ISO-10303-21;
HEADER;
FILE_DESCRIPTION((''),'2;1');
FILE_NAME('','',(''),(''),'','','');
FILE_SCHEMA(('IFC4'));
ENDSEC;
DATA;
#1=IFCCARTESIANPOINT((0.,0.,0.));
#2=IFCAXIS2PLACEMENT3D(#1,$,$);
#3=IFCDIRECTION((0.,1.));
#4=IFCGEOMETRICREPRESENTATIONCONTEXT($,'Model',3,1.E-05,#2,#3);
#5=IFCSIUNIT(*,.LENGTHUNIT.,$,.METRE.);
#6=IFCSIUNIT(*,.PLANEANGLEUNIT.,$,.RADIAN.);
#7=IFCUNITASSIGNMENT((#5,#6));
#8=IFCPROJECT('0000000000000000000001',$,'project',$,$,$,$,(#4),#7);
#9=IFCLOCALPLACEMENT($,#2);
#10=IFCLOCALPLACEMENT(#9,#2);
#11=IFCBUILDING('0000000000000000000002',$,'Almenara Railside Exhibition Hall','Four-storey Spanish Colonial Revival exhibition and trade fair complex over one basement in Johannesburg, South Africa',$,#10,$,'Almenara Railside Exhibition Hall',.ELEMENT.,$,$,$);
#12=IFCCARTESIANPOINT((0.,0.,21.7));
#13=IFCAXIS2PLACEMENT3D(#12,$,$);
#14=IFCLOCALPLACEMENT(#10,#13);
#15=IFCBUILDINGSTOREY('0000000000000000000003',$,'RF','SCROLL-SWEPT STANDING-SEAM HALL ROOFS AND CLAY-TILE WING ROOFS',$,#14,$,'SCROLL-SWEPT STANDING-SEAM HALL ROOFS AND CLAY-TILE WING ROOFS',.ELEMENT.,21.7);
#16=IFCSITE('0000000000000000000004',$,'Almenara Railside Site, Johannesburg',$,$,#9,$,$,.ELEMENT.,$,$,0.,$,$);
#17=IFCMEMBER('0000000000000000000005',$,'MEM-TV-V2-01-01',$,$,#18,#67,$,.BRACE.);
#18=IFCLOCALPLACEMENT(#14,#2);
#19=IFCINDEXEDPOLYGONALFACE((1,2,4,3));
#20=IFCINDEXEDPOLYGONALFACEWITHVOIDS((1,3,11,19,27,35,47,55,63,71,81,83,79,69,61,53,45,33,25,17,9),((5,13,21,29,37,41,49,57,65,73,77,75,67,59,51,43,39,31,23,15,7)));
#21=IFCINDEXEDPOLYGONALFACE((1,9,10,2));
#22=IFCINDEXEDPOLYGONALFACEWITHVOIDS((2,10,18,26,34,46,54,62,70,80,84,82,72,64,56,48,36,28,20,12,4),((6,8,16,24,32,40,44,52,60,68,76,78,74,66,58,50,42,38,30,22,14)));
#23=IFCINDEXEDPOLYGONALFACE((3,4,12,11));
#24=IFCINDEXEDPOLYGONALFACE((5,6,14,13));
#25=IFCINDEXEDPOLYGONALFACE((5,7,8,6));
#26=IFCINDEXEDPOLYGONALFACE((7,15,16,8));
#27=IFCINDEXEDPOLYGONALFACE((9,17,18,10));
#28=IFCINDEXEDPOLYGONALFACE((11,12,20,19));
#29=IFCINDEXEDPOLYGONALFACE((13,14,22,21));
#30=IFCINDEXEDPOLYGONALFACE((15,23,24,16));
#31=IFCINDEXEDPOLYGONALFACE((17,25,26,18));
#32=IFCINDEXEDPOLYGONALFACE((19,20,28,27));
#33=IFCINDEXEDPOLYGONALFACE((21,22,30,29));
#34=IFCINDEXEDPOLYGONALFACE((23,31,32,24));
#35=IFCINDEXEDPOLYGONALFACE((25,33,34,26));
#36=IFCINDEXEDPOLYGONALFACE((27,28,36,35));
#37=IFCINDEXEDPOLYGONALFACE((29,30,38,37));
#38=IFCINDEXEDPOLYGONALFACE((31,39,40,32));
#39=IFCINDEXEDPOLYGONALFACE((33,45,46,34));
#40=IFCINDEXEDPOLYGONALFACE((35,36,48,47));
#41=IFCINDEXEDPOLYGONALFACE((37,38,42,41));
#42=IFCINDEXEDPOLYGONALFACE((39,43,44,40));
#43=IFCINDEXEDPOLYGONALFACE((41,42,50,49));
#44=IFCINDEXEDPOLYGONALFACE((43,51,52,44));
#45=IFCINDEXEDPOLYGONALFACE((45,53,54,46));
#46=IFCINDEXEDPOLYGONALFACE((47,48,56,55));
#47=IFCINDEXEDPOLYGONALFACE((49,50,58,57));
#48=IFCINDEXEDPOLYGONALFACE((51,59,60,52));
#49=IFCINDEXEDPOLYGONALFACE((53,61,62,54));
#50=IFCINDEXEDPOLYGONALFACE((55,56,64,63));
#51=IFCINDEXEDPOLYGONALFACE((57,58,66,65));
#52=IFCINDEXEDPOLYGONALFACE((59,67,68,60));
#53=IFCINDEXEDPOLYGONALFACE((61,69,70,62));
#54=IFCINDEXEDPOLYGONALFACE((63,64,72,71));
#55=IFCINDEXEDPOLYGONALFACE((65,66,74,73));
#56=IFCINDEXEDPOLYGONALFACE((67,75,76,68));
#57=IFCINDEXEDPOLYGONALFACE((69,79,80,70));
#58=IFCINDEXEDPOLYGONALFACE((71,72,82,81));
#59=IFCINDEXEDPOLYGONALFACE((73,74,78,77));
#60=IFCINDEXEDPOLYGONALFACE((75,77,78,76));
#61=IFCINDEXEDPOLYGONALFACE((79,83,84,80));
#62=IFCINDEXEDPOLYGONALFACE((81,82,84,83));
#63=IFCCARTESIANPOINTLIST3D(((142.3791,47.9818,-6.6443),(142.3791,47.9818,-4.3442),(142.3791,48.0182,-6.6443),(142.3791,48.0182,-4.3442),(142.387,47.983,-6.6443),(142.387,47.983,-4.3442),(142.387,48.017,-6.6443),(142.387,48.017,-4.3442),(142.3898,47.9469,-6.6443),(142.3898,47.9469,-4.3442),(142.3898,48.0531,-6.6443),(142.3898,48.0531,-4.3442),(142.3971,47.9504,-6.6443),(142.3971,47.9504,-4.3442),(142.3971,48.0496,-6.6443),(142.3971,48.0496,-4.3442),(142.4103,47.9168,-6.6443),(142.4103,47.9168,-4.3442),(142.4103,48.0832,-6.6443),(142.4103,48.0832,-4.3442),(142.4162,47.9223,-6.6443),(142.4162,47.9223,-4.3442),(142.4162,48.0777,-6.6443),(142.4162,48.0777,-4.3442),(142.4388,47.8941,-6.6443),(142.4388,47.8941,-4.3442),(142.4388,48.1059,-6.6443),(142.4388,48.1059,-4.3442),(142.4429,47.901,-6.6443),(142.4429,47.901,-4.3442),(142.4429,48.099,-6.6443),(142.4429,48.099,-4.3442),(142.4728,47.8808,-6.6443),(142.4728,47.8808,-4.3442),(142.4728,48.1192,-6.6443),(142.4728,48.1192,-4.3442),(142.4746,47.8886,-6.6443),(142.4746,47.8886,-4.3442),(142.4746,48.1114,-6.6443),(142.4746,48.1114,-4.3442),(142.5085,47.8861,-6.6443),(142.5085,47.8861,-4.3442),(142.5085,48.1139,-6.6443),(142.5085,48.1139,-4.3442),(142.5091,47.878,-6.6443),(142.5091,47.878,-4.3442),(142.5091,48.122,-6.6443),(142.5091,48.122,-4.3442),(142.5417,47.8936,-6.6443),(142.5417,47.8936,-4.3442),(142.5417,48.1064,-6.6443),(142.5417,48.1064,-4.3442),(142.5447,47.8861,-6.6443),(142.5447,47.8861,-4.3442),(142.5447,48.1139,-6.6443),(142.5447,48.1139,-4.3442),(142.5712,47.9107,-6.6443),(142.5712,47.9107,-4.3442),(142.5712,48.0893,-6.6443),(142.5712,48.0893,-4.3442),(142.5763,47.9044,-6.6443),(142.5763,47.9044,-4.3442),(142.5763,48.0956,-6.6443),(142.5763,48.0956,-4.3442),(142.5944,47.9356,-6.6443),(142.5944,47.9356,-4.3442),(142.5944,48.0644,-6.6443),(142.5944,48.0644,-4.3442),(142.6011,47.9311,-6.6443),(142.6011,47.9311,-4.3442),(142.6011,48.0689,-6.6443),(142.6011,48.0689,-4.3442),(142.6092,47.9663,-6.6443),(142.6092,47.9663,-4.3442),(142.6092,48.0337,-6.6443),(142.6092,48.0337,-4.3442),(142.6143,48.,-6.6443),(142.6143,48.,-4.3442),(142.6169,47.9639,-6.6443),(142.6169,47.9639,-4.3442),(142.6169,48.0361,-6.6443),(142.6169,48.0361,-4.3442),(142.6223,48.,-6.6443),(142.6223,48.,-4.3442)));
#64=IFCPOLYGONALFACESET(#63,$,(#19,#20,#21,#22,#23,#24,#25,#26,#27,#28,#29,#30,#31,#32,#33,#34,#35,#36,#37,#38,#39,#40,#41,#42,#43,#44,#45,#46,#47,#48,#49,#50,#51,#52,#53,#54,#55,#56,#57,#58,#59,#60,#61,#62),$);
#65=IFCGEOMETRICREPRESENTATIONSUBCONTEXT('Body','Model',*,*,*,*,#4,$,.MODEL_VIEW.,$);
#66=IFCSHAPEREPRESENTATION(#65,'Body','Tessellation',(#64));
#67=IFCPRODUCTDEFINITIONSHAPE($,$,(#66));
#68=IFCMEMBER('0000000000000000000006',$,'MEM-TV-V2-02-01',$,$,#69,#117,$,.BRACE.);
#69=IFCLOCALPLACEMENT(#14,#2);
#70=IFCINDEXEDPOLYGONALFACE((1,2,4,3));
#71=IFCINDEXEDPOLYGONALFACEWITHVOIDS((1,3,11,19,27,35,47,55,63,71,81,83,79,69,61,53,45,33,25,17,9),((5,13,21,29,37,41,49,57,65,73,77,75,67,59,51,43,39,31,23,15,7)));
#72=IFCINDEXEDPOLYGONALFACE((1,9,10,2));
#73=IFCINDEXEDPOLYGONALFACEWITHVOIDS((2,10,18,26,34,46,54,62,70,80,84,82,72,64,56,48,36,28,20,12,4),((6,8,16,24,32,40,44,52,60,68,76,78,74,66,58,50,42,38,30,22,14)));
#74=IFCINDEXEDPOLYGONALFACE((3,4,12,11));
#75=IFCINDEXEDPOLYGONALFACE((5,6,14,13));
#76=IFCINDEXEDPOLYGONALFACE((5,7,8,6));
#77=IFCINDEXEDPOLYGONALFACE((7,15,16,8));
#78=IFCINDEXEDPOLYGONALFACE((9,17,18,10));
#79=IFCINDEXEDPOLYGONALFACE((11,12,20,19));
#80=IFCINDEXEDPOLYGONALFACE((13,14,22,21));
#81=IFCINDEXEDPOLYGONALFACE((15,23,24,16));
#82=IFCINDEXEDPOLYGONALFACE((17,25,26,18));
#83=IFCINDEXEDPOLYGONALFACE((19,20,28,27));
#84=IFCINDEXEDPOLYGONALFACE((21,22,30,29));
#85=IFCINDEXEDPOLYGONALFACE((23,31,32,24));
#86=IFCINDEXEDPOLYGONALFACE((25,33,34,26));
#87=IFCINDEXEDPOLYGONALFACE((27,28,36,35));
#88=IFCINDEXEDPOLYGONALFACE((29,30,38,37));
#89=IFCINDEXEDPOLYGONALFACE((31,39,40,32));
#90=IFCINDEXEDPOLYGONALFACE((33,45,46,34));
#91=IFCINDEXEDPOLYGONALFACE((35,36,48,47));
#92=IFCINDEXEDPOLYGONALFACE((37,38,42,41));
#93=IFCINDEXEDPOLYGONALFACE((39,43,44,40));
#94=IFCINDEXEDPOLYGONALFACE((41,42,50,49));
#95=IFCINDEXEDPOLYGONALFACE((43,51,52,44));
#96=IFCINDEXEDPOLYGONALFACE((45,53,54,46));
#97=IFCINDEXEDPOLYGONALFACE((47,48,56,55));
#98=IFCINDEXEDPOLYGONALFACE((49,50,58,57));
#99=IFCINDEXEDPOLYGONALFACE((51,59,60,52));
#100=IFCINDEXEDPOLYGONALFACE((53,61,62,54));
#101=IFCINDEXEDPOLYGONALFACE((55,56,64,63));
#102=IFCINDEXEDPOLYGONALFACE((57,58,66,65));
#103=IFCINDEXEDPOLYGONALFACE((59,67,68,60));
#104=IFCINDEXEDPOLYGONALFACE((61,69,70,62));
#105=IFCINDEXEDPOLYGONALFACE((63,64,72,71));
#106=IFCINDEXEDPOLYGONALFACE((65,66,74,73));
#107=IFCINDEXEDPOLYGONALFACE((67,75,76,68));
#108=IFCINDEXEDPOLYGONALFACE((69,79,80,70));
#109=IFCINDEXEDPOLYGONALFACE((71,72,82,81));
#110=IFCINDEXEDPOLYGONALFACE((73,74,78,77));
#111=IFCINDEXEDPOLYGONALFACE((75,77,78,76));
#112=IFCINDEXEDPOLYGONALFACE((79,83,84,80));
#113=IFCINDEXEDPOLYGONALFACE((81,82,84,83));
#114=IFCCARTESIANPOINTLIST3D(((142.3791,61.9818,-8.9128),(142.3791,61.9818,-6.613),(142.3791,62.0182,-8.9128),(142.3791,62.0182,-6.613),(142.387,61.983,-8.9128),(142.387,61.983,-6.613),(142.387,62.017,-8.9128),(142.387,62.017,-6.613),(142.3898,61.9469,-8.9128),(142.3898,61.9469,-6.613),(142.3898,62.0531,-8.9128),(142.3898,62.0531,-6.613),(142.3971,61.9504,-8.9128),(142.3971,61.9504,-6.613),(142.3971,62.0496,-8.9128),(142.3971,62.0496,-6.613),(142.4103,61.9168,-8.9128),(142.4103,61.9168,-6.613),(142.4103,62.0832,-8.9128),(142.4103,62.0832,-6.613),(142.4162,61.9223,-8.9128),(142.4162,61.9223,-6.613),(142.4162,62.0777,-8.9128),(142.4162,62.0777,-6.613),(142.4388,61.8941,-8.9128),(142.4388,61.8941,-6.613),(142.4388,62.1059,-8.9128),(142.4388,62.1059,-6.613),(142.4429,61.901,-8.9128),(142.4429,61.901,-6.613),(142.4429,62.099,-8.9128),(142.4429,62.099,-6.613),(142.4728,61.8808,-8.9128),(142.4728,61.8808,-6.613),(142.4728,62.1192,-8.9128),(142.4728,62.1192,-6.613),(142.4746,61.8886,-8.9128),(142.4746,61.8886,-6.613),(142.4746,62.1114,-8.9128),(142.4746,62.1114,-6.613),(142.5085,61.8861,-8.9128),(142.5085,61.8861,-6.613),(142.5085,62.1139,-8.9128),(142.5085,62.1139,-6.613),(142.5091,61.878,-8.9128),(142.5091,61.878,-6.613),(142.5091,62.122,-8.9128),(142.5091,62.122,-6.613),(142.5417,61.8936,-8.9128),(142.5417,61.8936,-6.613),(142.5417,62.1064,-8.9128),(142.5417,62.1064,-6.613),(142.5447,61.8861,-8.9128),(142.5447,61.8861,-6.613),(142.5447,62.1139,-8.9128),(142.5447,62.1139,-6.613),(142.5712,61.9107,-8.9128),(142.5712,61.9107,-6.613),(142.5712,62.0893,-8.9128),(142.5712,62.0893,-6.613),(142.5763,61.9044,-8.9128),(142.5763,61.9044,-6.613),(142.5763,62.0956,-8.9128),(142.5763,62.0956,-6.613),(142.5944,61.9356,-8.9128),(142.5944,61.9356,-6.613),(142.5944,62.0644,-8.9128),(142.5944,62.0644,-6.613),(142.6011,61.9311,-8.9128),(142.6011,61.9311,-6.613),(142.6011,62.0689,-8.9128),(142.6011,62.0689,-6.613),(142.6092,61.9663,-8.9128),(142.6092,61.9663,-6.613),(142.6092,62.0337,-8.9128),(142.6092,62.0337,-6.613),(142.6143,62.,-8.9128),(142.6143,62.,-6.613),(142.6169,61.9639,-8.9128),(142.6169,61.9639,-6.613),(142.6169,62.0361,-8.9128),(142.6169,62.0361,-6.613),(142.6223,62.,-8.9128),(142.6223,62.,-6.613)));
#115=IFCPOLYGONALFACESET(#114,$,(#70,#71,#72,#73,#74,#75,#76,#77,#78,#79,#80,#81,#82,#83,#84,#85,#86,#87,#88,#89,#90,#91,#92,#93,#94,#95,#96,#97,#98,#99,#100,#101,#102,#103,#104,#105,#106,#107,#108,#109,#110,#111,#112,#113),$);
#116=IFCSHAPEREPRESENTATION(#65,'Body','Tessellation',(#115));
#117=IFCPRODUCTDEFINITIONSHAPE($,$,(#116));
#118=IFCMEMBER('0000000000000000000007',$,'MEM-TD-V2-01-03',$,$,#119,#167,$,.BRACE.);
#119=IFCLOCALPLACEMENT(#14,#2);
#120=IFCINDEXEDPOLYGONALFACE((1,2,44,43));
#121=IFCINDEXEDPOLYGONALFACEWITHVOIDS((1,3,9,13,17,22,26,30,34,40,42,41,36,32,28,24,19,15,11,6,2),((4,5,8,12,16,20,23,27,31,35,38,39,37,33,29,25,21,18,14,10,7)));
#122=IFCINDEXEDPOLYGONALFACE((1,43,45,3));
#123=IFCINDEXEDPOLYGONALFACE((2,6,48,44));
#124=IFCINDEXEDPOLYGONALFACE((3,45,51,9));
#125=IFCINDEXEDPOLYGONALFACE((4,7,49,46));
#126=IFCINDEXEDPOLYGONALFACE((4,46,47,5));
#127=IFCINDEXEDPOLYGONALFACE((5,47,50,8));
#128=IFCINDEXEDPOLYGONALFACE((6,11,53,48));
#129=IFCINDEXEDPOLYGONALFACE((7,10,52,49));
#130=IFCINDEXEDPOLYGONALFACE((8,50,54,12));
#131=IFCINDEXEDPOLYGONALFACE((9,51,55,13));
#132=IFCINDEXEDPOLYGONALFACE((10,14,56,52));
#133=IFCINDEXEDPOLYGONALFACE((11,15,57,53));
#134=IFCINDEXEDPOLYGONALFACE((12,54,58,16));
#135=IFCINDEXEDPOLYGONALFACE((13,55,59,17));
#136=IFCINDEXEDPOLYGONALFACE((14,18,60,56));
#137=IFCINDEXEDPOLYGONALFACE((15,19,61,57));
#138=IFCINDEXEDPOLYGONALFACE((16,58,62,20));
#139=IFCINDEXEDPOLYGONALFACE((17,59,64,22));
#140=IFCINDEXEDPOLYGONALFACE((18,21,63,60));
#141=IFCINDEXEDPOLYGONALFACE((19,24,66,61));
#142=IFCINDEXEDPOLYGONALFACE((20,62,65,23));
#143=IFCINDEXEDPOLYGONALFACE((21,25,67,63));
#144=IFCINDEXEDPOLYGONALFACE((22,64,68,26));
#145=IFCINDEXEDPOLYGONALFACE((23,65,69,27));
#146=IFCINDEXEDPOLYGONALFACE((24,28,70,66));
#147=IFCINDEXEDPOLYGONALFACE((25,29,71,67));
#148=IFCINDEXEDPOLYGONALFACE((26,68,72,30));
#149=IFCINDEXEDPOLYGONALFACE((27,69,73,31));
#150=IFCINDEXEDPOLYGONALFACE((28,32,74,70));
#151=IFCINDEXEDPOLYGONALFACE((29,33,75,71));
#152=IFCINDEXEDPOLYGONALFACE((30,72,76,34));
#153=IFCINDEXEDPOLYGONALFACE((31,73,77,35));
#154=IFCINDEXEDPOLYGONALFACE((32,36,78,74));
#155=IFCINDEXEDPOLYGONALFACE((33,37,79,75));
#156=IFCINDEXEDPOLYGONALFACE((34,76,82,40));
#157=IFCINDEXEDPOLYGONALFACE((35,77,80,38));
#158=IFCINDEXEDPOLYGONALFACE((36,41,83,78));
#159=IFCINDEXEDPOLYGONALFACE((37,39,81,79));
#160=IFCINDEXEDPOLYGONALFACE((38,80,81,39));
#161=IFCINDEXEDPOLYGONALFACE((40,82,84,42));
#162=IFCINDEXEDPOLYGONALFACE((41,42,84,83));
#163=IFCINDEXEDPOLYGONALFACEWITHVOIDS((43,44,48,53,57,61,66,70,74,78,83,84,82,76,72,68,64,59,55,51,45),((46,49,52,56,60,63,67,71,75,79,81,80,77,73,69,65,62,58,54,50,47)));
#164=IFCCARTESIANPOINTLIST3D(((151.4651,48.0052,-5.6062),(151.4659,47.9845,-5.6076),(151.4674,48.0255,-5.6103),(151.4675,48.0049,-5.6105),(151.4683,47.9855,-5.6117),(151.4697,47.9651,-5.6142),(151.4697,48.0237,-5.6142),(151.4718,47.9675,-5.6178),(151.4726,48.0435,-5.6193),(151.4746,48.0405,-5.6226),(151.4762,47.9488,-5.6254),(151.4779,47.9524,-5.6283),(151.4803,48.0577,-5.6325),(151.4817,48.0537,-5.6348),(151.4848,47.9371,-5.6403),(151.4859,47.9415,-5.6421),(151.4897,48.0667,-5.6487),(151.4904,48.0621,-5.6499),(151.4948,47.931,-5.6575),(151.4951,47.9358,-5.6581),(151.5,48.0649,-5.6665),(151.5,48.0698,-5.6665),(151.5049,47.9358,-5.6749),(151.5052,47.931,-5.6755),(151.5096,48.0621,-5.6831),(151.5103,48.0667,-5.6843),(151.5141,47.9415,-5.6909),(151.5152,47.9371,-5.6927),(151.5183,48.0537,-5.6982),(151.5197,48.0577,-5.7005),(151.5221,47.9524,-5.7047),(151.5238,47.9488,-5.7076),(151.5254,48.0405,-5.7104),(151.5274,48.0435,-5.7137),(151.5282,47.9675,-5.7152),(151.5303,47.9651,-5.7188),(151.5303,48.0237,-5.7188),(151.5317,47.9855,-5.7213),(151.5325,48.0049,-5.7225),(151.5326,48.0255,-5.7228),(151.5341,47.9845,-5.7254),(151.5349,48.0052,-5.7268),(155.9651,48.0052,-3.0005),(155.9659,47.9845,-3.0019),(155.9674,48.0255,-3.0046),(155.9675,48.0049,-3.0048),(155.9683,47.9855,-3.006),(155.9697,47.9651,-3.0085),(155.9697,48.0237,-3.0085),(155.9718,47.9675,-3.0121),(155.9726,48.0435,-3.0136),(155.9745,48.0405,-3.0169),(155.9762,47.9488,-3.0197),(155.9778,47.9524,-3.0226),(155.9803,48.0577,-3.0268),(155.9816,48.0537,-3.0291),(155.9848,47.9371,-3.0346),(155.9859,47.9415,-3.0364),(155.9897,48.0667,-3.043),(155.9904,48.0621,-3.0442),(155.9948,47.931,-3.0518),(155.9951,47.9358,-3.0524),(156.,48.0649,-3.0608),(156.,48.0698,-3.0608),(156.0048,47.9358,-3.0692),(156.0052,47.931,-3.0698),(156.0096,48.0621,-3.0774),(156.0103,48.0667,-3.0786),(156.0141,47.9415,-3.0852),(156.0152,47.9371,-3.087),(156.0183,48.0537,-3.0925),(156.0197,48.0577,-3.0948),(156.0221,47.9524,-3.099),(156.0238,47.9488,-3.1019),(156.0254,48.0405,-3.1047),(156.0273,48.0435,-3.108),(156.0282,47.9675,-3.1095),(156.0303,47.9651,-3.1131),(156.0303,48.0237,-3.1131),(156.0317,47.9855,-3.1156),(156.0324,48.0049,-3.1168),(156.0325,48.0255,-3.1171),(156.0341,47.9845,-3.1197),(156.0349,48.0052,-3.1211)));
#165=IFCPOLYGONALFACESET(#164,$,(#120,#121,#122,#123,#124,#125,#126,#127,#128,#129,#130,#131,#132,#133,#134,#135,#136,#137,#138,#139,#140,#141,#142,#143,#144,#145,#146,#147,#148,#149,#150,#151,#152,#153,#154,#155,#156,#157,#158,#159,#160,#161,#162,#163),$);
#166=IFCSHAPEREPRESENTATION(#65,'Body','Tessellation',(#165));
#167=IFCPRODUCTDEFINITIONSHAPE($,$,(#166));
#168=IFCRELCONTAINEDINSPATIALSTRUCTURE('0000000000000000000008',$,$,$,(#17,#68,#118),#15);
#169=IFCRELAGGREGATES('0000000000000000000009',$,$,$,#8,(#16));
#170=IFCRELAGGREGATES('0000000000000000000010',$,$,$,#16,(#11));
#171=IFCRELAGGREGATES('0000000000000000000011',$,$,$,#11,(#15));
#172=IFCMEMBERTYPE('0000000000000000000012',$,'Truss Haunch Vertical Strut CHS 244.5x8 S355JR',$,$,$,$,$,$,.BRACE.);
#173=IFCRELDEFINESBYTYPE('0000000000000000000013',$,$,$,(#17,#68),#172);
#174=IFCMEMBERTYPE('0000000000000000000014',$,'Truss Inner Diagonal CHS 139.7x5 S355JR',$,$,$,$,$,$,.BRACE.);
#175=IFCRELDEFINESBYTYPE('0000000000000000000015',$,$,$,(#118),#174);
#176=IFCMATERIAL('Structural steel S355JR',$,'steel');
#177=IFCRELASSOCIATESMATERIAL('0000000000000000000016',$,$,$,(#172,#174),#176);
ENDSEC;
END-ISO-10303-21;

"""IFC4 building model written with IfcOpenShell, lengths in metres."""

from ifc_helpers import new_model, si_unit, direction, frame, origin, origin_2d, place, context, subcontext, project, spatial, hollow_circle, extrude, material, material_profile, profile_set, type_object, element, save


model = new_model("IFC4")

# Units and contexts
model_context = context("Model", 3, precision=1e-05, world=origin(), true_north=direction((0.0, 1.0)))
body_context = subcontext(model_context, "Body", "Model", "MODEL_VIEW")
ifc_project = project(units=[si_unit("LENGTHUNIT", "METRE"), si_unit("PLANEANGLEUNIT", "RADIAN")], contexts=[model_context])

# Site, building, storey
site_placement = place(None, origin())
site = spatial("IfcSite", under=ifc_project, at=site_placement, Name="Almenara Railside Site, Johannesburg", CompositionType="ELEMENT", RefElevation=0.0)
building_placement = place(site_placement, origin())
building = spatial("IfcBuilding", under=site, at=building_placement, Name="Almenara Railside Exhibition Hall", Description="Four-storey Spanish Colonial Revival exhibition and trade fair complex over one basement in Johannesburg, South Africa", LongName="Almenara Railside Exhibition Hall", CompositionType="ELEMENT")
storey_placement = place(building_placement, frame((0.0, 0.0, 21.7)))
storey = spatial("IfcBuildingStorey", under=building, at=storey_placement, Name="RF", Description="SCROLL-SWEPT STANDING-SEAM HALL ROOFS AND CLAY-TILE WING ROOFS", LongName="SCROLL-SWEPT STANDING-SEAM HALL ROOFS AND CLAY-TILE WING ROOFS", CompositionType="ELEMENT", Elevation=21.7)

# Members
ifc_material = material(Name="Structural steel S355JR", Category="steel")
ifc_material_profile_1 = material_profile(ifc_material, hollow_circle(Radius=0.1223, WallThickness=0.0081, at=origin_2d()), Name="CHS 244.5x8")
ifc_profile_set_1 = profile_set([ifc_material_profile_1], Name="Structural steel S355JR")
member_type_1 = type_object("IfcMemberType", Name="Truss Haunch Vertical Strut CHS 244.5x8 S355JR", PredefinedType="BRACE", material=ifc_profile_set_1)
member_1_placement = place(storey_placement, frame((142.5, 48.0, -6.6443), z_axis=(0.0, 0.0, 1.0), x_axis=(1.0, 0.0, 0.0)))
element("IfcMember", 1, at=member_1_placement, inside=storey, type_object=member_type_1, Name="MEM-TV-V2-01-01", PredefinedType="BRACE", context=body_context, shape_type="SweptSolid", body=[
    extrude(hollow_circle(Radius=0.1223, WallThickness=0.0081, at=origin_2d()), origin(), (0.0, 0.0, 1.0), 2.3),
])
member_2_placement = place(storey_placement, frame((142.5, 62.0, -8.9128), z_axis=(0.0, 0.0, 1.0), x_axis=(1.0, 0.0, 0.0)))
element("IfcMember", 2, at=member_2_placement, inside=storey, type_object=member_type_1, Name="MEM-TV-V2-02-01", PredefinedType="BRACE", context=body_context, shape_type="SweptSolid", body=[
    extrude(hollow_circle(Radius=0.1223, WallThickness=0.0081, at=origin_2d()), origin(), (0.0, 0.0, 1.0), 2.2998),
])
ifc_material_profile_2 = material_profile(ifc_material, hollow_circle(Radius=0.0698, WallThickness=0.0049, at=origin_2d()), Name="CHS 139.7x5")
ifc_profile_set_2 = profile_set([ifc_material_profile_2], Name="Structural steel S355JR")
member_type_2 = type_object("IfcMemberType", Name="Truss Inner Diagonal CHS 139.7x5 S355JR", PredefinedType="BRACE", material=ifc_profile_set_2)
member_3_placement = place(storey_placement, frame((151.5, 48.0, -5.6665), z_axis=(0.865389, 0.0, 0.501101), x_axis=(0.0, 1.0, 0.0)))
element("IfcMember", 3, at=member_3_placement, inside=storey, type_object=member_type_2, Name="MEM-TD-V2-01-03", PredefinedType="BRACE", context=body_context, shape_type="SweptSolid", body=[
    extrude(hollow_circle(Radius=0.0698, WallThickness=0.0049, at=origin_2d()), origin(), (0.0, 0.0, 1.0), 5.2),
])

save(model, "model.ifc")
